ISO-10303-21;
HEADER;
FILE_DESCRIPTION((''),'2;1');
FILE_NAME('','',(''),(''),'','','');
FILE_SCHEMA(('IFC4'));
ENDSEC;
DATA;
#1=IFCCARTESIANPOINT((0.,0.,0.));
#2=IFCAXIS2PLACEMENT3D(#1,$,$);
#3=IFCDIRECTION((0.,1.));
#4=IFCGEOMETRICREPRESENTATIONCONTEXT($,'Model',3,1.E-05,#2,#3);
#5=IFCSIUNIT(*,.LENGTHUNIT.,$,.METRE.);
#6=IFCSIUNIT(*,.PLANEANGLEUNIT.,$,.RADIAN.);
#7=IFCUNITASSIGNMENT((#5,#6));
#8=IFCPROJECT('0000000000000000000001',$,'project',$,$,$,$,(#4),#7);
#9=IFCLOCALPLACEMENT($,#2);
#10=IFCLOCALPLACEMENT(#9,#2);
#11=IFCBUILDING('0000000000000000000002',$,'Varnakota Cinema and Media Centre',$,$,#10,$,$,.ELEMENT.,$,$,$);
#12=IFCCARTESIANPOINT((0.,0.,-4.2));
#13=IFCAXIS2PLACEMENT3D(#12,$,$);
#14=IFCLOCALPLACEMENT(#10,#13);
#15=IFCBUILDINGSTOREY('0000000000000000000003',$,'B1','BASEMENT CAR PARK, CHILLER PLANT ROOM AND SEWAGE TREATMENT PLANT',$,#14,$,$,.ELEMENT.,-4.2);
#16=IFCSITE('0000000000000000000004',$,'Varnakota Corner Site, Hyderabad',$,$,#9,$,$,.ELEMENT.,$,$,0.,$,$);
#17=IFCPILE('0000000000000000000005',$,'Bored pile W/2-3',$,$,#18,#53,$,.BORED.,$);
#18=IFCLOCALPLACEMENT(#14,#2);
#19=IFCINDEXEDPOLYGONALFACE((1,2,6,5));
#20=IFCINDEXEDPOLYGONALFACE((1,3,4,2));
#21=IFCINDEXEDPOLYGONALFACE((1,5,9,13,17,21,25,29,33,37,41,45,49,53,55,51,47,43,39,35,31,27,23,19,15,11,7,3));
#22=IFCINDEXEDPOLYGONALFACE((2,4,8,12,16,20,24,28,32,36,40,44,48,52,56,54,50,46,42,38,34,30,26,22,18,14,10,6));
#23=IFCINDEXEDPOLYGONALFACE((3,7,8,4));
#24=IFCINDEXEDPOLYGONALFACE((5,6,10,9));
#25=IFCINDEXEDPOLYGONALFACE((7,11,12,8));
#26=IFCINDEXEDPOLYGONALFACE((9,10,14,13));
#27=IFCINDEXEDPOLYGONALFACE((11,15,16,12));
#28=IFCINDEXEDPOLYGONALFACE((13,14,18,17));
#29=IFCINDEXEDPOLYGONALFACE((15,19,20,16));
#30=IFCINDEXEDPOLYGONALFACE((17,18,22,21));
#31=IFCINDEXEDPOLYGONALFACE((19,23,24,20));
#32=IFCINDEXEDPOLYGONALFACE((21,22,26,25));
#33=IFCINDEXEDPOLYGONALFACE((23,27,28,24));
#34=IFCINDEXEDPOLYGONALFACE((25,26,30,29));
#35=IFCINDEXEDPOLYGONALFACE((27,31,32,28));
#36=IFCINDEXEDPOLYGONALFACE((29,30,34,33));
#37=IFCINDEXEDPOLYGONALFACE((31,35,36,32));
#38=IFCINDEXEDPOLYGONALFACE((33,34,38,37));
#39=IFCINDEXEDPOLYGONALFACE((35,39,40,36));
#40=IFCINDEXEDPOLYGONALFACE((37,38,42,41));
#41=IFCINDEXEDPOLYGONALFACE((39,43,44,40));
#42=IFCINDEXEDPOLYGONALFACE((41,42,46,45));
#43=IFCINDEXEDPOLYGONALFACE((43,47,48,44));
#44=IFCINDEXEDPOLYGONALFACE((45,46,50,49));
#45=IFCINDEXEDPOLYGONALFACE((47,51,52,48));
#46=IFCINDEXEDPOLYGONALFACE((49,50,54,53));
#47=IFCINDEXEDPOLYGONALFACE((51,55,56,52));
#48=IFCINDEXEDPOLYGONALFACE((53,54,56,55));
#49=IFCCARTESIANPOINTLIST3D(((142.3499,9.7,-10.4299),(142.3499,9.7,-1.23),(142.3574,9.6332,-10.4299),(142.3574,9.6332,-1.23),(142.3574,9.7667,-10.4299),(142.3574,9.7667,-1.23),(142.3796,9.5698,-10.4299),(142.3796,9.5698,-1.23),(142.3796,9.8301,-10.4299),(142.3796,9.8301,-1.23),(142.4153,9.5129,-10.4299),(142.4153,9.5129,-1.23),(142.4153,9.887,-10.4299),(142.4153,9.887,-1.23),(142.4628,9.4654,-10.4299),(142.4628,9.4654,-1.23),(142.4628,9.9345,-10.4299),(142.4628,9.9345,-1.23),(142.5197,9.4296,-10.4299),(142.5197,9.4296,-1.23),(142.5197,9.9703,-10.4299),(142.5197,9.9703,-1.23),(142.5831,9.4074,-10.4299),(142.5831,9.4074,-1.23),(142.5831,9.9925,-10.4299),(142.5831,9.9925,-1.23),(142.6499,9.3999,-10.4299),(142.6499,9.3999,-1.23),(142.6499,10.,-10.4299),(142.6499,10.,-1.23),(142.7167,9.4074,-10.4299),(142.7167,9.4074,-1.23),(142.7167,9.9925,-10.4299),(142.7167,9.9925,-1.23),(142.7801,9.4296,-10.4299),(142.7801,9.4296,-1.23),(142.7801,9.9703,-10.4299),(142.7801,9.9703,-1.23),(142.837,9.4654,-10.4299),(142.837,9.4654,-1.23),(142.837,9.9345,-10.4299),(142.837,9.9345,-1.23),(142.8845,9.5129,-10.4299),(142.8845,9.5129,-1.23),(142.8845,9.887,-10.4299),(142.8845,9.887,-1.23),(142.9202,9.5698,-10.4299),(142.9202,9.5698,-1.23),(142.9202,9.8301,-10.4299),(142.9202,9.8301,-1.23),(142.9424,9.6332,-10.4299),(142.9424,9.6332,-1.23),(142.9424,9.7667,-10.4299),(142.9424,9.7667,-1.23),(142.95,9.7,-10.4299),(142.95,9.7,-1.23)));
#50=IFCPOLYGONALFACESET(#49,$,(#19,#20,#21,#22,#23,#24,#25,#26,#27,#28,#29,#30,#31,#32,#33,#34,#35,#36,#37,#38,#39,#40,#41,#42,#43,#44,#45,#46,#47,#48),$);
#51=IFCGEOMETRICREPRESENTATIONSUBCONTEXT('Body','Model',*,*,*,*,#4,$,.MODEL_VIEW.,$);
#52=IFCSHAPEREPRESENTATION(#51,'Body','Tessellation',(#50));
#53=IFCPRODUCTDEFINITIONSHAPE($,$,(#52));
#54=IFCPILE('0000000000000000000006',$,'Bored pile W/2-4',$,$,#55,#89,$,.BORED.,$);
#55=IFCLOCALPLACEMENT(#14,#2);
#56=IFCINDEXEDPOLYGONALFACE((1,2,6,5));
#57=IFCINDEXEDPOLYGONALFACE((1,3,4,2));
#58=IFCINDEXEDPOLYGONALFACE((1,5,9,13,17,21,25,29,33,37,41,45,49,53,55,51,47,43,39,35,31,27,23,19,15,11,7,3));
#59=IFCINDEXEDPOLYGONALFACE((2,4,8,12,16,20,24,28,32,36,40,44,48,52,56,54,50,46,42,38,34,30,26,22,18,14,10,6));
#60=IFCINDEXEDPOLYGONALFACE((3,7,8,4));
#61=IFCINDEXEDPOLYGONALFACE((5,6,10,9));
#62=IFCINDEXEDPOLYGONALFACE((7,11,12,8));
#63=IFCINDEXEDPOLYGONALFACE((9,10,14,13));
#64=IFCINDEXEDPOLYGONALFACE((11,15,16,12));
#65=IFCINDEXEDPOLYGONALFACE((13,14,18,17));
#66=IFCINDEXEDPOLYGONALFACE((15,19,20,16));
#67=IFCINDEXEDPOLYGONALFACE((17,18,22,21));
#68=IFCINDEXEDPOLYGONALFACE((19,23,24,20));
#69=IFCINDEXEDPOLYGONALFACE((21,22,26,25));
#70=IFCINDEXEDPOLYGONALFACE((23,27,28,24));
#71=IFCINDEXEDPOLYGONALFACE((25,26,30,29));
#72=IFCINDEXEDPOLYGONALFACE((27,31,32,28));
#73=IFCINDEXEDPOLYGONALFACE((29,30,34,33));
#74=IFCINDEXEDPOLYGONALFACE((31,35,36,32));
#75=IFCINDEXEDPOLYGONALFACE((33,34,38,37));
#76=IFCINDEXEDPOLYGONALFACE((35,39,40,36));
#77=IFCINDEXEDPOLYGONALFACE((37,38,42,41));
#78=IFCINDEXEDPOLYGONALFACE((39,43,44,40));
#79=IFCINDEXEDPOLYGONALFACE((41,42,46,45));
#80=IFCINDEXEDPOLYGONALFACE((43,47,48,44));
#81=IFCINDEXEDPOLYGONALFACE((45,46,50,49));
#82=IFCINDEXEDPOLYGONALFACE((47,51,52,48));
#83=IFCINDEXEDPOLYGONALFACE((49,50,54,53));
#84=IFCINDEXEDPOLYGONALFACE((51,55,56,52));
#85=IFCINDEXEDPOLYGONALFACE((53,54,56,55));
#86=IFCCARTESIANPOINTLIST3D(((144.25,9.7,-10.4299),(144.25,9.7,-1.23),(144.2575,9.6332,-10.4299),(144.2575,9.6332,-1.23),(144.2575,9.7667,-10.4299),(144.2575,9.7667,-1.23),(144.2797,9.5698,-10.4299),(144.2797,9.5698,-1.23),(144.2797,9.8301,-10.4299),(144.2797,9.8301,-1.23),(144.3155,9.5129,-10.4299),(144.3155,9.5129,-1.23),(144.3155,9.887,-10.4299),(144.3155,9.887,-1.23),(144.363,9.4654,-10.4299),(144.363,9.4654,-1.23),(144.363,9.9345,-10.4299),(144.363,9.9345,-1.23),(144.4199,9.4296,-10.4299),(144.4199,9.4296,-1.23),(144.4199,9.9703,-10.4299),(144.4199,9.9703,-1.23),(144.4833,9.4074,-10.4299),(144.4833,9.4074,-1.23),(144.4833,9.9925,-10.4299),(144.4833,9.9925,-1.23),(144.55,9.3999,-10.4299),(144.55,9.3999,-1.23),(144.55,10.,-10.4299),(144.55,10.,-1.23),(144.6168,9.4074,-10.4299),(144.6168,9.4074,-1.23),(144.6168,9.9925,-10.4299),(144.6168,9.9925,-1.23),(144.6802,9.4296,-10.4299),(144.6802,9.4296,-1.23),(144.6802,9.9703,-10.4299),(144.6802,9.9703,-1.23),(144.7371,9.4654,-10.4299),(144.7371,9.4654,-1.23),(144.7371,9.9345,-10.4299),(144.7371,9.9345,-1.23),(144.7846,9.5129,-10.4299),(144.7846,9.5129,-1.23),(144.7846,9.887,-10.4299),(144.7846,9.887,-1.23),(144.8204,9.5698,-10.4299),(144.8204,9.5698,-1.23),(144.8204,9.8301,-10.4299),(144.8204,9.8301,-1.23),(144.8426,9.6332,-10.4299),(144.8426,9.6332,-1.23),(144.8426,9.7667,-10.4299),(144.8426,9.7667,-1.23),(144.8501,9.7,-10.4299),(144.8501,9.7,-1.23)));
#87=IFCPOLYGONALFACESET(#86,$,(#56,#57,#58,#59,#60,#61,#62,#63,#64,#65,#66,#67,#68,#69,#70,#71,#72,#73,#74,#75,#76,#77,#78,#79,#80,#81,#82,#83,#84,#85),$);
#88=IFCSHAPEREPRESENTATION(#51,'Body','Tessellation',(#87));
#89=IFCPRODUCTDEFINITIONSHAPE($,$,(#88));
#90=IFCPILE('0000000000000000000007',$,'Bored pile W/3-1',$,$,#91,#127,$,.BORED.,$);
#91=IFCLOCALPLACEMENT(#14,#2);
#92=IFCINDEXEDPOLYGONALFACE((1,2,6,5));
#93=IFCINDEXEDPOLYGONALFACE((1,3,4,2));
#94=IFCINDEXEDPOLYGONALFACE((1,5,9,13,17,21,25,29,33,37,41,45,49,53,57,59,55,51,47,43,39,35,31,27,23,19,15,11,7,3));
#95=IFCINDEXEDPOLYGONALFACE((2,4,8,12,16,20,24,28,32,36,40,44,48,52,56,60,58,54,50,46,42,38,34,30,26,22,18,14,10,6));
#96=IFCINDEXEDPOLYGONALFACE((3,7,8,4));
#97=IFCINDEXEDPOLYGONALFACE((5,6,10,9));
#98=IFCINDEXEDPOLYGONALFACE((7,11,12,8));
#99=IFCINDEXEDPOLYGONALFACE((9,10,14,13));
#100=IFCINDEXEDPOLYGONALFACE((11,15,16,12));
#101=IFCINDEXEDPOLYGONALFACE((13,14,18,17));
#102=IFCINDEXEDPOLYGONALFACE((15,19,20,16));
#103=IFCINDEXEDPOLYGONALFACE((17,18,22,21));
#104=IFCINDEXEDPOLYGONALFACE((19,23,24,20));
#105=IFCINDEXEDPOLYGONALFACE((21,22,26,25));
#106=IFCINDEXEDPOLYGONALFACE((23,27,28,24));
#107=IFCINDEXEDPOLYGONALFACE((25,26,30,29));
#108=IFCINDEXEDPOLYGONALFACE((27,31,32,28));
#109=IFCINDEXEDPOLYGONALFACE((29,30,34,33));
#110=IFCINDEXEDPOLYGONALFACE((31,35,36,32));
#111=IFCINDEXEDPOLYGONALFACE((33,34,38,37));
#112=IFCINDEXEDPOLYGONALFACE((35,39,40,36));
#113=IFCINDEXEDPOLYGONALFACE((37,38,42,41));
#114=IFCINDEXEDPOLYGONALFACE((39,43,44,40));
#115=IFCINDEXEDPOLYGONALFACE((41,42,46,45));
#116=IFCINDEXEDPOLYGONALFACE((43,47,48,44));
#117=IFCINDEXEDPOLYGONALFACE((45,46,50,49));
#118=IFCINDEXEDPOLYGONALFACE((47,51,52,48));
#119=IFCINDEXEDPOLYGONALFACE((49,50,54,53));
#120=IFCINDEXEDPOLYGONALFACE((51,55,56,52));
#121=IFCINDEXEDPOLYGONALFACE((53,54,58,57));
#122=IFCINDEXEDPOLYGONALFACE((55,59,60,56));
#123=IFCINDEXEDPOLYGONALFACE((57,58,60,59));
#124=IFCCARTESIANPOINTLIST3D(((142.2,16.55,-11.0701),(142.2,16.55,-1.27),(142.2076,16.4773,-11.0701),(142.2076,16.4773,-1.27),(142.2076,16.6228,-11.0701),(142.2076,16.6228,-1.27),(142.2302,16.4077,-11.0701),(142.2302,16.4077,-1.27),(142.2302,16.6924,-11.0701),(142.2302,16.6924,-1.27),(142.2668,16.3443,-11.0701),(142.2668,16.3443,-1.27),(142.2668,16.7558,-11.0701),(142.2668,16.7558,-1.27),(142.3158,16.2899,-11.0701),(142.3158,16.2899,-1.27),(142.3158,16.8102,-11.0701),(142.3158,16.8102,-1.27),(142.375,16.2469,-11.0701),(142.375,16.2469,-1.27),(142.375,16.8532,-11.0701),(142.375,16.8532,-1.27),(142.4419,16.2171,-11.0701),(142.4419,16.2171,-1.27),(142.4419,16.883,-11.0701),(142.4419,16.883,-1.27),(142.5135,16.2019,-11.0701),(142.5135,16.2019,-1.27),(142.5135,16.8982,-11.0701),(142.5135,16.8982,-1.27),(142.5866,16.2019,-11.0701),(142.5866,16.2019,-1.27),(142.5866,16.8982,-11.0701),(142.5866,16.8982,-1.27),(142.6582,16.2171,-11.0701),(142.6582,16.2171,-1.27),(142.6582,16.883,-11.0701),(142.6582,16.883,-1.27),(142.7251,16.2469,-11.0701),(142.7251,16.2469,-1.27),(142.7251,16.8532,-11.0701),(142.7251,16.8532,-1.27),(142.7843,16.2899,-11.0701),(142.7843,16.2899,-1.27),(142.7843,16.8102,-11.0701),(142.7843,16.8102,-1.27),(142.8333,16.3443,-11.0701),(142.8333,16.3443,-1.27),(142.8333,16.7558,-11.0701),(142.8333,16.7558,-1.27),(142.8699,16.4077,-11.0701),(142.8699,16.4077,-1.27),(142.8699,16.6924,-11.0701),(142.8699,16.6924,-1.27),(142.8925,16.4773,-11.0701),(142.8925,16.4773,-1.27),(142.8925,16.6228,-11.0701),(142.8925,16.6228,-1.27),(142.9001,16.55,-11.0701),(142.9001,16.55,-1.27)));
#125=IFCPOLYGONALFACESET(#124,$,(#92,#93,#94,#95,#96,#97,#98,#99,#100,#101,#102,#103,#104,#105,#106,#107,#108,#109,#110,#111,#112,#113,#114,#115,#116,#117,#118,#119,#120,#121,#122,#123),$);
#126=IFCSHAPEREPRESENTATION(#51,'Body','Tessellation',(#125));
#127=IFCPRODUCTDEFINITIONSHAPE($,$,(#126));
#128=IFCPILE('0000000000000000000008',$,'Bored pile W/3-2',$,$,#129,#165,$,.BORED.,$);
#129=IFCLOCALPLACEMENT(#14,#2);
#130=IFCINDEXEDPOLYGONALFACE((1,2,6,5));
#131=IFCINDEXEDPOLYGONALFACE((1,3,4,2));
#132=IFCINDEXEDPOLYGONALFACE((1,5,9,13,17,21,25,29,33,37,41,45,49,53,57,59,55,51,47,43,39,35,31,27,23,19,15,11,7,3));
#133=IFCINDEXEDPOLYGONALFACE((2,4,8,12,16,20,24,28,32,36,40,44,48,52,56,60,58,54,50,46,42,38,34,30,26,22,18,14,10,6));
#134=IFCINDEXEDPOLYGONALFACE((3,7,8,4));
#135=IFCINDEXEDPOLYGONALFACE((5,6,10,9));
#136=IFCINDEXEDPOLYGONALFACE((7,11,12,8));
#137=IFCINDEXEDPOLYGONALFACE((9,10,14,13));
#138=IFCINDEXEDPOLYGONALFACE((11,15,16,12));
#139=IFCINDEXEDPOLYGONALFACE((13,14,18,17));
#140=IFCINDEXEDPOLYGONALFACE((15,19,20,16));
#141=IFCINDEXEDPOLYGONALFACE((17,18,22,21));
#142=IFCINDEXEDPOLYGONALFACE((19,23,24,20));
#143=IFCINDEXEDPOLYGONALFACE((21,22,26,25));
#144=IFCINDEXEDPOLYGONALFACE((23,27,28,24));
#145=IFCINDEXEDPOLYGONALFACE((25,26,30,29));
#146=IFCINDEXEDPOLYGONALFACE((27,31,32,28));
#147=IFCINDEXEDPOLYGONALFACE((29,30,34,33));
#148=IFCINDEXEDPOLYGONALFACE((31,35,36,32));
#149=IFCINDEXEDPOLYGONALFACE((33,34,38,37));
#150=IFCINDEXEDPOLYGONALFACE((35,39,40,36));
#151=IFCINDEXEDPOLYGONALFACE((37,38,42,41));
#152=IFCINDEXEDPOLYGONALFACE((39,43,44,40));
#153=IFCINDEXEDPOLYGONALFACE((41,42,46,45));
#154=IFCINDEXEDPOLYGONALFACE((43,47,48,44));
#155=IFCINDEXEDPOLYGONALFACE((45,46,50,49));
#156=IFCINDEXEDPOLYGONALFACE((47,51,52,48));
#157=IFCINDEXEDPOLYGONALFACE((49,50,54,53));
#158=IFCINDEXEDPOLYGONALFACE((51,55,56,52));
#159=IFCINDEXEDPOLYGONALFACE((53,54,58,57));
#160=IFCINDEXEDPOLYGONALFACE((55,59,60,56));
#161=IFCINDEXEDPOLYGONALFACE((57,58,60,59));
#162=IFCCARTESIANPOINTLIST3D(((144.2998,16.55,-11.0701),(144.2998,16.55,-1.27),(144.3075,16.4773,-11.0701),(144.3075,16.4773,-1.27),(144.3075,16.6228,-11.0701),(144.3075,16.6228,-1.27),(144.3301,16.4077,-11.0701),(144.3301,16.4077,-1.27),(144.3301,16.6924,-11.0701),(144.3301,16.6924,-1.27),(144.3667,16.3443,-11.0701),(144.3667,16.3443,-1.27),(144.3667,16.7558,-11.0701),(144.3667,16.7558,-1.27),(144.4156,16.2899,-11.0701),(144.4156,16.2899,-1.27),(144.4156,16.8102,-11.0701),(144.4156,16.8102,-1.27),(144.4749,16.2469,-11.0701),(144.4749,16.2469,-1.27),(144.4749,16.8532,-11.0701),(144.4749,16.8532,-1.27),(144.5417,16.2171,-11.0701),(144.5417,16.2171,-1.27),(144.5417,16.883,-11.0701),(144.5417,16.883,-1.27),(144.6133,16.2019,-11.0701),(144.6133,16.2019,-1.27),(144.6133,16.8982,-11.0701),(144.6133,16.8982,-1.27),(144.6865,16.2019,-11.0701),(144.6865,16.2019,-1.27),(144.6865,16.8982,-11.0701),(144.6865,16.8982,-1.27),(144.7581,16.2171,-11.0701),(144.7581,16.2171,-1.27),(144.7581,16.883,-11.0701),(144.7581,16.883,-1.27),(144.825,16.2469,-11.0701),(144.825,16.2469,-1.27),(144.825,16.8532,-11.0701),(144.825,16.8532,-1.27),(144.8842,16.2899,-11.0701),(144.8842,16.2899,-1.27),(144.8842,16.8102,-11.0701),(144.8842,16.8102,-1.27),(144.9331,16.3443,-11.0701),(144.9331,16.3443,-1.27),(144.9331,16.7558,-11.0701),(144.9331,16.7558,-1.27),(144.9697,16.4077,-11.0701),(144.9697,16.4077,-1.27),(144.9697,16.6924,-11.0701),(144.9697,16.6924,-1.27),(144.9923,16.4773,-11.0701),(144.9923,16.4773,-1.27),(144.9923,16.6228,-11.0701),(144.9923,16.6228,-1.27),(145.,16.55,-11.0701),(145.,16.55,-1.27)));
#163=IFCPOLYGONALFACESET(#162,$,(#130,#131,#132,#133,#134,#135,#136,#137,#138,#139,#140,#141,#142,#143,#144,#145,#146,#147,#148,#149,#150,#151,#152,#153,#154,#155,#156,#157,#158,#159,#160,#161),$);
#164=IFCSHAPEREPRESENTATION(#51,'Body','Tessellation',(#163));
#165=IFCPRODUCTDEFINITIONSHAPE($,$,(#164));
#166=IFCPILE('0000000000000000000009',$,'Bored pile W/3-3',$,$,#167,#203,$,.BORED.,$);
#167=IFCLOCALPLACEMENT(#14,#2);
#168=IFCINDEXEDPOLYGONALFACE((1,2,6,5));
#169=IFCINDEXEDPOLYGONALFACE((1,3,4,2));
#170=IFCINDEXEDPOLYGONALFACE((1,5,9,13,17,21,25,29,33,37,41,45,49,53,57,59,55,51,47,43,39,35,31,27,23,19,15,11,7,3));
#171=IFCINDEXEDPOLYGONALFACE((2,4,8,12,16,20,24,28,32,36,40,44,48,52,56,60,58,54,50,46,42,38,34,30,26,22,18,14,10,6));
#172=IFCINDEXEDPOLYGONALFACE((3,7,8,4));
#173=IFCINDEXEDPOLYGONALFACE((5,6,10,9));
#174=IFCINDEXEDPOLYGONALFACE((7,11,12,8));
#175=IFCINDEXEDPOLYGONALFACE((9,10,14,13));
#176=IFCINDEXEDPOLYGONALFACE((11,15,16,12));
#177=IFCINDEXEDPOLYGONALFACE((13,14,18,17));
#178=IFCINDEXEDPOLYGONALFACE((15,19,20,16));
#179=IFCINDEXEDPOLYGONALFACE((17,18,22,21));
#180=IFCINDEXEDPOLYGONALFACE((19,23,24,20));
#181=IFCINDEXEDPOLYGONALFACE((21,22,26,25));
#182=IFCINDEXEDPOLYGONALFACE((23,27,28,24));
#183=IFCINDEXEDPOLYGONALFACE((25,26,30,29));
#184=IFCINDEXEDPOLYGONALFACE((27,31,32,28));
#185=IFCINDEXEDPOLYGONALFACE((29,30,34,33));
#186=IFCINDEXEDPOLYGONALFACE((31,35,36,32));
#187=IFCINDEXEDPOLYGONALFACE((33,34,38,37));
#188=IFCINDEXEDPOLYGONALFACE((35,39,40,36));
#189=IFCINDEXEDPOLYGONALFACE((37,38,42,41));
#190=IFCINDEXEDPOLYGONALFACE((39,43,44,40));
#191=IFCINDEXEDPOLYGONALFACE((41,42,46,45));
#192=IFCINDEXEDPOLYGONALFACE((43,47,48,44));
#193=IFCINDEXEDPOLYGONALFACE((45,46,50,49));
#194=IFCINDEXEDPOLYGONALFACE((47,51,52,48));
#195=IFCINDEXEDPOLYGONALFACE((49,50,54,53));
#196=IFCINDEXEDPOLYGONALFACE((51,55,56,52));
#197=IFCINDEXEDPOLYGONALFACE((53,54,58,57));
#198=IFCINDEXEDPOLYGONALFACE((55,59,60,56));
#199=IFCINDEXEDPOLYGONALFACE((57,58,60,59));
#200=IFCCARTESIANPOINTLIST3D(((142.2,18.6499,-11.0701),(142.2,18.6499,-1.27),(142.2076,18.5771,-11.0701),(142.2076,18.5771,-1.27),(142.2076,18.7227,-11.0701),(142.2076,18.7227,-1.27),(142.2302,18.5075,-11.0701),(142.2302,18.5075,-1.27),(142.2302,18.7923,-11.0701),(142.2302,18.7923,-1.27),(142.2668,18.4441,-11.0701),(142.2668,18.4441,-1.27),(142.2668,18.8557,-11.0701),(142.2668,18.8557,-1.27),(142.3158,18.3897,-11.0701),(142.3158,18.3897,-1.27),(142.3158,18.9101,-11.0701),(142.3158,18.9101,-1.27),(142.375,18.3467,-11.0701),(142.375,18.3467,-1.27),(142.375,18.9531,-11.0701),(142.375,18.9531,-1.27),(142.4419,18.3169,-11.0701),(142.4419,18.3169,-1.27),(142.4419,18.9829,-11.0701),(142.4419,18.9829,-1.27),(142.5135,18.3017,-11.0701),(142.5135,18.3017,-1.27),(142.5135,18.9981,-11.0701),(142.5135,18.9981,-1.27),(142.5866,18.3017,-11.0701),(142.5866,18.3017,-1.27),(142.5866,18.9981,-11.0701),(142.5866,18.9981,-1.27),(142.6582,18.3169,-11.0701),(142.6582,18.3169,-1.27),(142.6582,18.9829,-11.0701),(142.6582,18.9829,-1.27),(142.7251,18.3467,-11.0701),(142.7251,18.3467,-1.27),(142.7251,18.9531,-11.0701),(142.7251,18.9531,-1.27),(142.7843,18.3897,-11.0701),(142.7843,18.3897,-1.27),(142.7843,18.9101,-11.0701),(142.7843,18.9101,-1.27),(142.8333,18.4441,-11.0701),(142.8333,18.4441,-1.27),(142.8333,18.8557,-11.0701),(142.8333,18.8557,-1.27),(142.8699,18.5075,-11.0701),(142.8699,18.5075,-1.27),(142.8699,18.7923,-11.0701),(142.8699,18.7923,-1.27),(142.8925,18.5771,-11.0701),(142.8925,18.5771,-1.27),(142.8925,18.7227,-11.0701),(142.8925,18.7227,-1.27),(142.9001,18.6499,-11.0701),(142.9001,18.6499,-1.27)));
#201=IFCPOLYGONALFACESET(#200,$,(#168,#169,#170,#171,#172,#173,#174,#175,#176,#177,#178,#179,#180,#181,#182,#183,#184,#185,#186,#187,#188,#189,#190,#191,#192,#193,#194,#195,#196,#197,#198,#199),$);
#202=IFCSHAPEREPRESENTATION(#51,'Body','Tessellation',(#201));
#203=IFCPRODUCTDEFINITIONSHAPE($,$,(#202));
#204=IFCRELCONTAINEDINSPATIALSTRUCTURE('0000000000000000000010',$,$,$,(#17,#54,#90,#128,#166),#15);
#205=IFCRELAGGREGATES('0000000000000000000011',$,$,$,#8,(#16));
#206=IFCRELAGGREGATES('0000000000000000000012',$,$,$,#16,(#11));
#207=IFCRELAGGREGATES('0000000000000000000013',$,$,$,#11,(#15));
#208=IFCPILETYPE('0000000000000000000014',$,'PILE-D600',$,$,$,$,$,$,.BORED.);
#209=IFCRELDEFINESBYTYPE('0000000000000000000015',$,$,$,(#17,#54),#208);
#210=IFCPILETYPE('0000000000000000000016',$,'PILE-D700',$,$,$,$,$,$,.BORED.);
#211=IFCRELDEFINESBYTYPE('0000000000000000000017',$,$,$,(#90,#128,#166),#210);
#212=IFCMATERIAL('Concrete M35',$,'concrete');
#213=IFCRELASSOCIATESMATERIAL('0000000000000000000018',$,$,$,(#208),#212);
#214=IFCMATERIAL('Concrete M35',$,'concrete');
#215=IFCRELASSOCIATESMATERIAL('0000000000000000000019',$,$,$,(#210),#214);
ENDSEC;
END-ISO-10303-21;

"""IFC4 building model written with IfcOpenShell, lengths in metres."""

from ifc_helpers import new_model, si_unit, direction, frame, origin, origin_2d, place, context, subcontext, project, spatial, circle, extrude, material, material_profile, profile_set, type_object, element, save


model = new_model("IFC4")

# Units and contexts
model_context = context("Model", 3, precision=1e-05, world=origin(), true_north=direction((0.0, 1.0)))
body_context = subcontext(model_context, "Body", "Model", "MODEL_VIEW")
ifc_project = project(units=[si_unit("LENGTHUNIT", "METRE"), si_unit("PLANEANGLEUNIT", "RADIAN")], contexts=[model_context])

# Site, building, storey
site_placement = place(None, origin())
site = spatial("IfcSite", under=ifc_project, at=site_placement, Name="Varnakota Corner Site, Hyderabad", CompositionType="ELEMENT", RefElevation=0.0)
building_placement = place(site_placement, origin())
building = spatial("IfcBuilding", under=site, at=building_placement, Name="Varnakota Cinema and Media Centre", CompositionType="ELEMENT")
storey_placement = place(building_placement, frame((0.0, 0.0, -4.2)))
storey = spatial("IfcBuildingStorey", under=building, at=storey_placement, Name="B1", Description="BASEMENT CAR PARK, CHILLER PLANT ROOM AND SEWAGE TREATMENT PLANT", CompositionType="ELEMENT", Elevation=-4.2)

# Piles
ifc_material_1 = material(Name="Concrete M35", Category="concrete")
ifc_material_profile_1 = material_profile(ifc_material_1, circle(Radius=0.3, at=origin_2d()), Name="PILE D600")
ifc_profile_set_1 = profile_set([ifc_material_profile_1], Name="Concrete M35")
pile_type_1 = type_object("IfcPileType", Name="PILE-D600", PredefinedType="BORED", material=ifc_profile_set_1)
for number, where, z_axis, x_axis, name in (
    (1, (142.6499, 9.7, -1.23), (0.0, 0.0, -1.0), (1.0, 0.0, 0.0), "Bored pile W/2-3"),
    (2, (144.55, 9.7, -1.23), (0.0, 0.0, -1.0), (1.0, 0.0, 0.0), "Bored pile W/2-4"),
):
    element("IfcPile", number, at=place(storey_placement, frame(where, z_axis=z_axis, x_axis=x_axis)), inside=storey, type_object=pile_type_1, Name=name, PredefinedType="BORED", context=body_context, shape_type="SweptSolid", body=[
        extrude(circle(Radius=0.3, at=origin_2d()), origin(), (0.0, 0.0, 1.0), 9.2),
    ])
ifc_material_2 = material(Name="Concrete M35", Category="concrete")
ifc_material_profile_2 = material_profile(ifc_material_2, circle(Radius=0.3501, at=origin_2d()), Name="PILE D700")
ifc_profile_set_2 = profile_set([ifc_material_profile_2], Name="Concrete M35")
pile_type_2 = type_object("IfcPileType", Name="PILE-D700", PredefinedType="BORED", material=ifc_profile_set_2)
for number, where, z_axis, x_axis, name in (
    (3, (142.55, 16.55, -1.27), (0.0, 0.0, -1.0), (1.0, 0.0, 0.0), "Bored pile W/3-1"),
    (4, (144.6499, 16.55, -1.27), (0.0, 0.0, -1.0), (1.0, 0.0, 0.0), "Bored pile W/3-2"),
    (5, (142.55, 18.6499, -1.27), (0.0, 0.0, -1.0), (1.0, 0.0, 0.0), "Bored pile W/3-3"),
):
    element("IfcPile", number, at=place(storey_placement, frame(where, z_axis=z_axis, x_axis=x_axis)), inside=storey, type_object=pile_type_2, Name=name, PredefinedType="BORED", context=body_context, shape_type="SweptSolid", body=[
        extrude(circle(Radius=0.3501, at=origin_2d()), origin(), (0.0, 0.0, 1.0), 9.8),
    ])

save(model, "model.ifc")
